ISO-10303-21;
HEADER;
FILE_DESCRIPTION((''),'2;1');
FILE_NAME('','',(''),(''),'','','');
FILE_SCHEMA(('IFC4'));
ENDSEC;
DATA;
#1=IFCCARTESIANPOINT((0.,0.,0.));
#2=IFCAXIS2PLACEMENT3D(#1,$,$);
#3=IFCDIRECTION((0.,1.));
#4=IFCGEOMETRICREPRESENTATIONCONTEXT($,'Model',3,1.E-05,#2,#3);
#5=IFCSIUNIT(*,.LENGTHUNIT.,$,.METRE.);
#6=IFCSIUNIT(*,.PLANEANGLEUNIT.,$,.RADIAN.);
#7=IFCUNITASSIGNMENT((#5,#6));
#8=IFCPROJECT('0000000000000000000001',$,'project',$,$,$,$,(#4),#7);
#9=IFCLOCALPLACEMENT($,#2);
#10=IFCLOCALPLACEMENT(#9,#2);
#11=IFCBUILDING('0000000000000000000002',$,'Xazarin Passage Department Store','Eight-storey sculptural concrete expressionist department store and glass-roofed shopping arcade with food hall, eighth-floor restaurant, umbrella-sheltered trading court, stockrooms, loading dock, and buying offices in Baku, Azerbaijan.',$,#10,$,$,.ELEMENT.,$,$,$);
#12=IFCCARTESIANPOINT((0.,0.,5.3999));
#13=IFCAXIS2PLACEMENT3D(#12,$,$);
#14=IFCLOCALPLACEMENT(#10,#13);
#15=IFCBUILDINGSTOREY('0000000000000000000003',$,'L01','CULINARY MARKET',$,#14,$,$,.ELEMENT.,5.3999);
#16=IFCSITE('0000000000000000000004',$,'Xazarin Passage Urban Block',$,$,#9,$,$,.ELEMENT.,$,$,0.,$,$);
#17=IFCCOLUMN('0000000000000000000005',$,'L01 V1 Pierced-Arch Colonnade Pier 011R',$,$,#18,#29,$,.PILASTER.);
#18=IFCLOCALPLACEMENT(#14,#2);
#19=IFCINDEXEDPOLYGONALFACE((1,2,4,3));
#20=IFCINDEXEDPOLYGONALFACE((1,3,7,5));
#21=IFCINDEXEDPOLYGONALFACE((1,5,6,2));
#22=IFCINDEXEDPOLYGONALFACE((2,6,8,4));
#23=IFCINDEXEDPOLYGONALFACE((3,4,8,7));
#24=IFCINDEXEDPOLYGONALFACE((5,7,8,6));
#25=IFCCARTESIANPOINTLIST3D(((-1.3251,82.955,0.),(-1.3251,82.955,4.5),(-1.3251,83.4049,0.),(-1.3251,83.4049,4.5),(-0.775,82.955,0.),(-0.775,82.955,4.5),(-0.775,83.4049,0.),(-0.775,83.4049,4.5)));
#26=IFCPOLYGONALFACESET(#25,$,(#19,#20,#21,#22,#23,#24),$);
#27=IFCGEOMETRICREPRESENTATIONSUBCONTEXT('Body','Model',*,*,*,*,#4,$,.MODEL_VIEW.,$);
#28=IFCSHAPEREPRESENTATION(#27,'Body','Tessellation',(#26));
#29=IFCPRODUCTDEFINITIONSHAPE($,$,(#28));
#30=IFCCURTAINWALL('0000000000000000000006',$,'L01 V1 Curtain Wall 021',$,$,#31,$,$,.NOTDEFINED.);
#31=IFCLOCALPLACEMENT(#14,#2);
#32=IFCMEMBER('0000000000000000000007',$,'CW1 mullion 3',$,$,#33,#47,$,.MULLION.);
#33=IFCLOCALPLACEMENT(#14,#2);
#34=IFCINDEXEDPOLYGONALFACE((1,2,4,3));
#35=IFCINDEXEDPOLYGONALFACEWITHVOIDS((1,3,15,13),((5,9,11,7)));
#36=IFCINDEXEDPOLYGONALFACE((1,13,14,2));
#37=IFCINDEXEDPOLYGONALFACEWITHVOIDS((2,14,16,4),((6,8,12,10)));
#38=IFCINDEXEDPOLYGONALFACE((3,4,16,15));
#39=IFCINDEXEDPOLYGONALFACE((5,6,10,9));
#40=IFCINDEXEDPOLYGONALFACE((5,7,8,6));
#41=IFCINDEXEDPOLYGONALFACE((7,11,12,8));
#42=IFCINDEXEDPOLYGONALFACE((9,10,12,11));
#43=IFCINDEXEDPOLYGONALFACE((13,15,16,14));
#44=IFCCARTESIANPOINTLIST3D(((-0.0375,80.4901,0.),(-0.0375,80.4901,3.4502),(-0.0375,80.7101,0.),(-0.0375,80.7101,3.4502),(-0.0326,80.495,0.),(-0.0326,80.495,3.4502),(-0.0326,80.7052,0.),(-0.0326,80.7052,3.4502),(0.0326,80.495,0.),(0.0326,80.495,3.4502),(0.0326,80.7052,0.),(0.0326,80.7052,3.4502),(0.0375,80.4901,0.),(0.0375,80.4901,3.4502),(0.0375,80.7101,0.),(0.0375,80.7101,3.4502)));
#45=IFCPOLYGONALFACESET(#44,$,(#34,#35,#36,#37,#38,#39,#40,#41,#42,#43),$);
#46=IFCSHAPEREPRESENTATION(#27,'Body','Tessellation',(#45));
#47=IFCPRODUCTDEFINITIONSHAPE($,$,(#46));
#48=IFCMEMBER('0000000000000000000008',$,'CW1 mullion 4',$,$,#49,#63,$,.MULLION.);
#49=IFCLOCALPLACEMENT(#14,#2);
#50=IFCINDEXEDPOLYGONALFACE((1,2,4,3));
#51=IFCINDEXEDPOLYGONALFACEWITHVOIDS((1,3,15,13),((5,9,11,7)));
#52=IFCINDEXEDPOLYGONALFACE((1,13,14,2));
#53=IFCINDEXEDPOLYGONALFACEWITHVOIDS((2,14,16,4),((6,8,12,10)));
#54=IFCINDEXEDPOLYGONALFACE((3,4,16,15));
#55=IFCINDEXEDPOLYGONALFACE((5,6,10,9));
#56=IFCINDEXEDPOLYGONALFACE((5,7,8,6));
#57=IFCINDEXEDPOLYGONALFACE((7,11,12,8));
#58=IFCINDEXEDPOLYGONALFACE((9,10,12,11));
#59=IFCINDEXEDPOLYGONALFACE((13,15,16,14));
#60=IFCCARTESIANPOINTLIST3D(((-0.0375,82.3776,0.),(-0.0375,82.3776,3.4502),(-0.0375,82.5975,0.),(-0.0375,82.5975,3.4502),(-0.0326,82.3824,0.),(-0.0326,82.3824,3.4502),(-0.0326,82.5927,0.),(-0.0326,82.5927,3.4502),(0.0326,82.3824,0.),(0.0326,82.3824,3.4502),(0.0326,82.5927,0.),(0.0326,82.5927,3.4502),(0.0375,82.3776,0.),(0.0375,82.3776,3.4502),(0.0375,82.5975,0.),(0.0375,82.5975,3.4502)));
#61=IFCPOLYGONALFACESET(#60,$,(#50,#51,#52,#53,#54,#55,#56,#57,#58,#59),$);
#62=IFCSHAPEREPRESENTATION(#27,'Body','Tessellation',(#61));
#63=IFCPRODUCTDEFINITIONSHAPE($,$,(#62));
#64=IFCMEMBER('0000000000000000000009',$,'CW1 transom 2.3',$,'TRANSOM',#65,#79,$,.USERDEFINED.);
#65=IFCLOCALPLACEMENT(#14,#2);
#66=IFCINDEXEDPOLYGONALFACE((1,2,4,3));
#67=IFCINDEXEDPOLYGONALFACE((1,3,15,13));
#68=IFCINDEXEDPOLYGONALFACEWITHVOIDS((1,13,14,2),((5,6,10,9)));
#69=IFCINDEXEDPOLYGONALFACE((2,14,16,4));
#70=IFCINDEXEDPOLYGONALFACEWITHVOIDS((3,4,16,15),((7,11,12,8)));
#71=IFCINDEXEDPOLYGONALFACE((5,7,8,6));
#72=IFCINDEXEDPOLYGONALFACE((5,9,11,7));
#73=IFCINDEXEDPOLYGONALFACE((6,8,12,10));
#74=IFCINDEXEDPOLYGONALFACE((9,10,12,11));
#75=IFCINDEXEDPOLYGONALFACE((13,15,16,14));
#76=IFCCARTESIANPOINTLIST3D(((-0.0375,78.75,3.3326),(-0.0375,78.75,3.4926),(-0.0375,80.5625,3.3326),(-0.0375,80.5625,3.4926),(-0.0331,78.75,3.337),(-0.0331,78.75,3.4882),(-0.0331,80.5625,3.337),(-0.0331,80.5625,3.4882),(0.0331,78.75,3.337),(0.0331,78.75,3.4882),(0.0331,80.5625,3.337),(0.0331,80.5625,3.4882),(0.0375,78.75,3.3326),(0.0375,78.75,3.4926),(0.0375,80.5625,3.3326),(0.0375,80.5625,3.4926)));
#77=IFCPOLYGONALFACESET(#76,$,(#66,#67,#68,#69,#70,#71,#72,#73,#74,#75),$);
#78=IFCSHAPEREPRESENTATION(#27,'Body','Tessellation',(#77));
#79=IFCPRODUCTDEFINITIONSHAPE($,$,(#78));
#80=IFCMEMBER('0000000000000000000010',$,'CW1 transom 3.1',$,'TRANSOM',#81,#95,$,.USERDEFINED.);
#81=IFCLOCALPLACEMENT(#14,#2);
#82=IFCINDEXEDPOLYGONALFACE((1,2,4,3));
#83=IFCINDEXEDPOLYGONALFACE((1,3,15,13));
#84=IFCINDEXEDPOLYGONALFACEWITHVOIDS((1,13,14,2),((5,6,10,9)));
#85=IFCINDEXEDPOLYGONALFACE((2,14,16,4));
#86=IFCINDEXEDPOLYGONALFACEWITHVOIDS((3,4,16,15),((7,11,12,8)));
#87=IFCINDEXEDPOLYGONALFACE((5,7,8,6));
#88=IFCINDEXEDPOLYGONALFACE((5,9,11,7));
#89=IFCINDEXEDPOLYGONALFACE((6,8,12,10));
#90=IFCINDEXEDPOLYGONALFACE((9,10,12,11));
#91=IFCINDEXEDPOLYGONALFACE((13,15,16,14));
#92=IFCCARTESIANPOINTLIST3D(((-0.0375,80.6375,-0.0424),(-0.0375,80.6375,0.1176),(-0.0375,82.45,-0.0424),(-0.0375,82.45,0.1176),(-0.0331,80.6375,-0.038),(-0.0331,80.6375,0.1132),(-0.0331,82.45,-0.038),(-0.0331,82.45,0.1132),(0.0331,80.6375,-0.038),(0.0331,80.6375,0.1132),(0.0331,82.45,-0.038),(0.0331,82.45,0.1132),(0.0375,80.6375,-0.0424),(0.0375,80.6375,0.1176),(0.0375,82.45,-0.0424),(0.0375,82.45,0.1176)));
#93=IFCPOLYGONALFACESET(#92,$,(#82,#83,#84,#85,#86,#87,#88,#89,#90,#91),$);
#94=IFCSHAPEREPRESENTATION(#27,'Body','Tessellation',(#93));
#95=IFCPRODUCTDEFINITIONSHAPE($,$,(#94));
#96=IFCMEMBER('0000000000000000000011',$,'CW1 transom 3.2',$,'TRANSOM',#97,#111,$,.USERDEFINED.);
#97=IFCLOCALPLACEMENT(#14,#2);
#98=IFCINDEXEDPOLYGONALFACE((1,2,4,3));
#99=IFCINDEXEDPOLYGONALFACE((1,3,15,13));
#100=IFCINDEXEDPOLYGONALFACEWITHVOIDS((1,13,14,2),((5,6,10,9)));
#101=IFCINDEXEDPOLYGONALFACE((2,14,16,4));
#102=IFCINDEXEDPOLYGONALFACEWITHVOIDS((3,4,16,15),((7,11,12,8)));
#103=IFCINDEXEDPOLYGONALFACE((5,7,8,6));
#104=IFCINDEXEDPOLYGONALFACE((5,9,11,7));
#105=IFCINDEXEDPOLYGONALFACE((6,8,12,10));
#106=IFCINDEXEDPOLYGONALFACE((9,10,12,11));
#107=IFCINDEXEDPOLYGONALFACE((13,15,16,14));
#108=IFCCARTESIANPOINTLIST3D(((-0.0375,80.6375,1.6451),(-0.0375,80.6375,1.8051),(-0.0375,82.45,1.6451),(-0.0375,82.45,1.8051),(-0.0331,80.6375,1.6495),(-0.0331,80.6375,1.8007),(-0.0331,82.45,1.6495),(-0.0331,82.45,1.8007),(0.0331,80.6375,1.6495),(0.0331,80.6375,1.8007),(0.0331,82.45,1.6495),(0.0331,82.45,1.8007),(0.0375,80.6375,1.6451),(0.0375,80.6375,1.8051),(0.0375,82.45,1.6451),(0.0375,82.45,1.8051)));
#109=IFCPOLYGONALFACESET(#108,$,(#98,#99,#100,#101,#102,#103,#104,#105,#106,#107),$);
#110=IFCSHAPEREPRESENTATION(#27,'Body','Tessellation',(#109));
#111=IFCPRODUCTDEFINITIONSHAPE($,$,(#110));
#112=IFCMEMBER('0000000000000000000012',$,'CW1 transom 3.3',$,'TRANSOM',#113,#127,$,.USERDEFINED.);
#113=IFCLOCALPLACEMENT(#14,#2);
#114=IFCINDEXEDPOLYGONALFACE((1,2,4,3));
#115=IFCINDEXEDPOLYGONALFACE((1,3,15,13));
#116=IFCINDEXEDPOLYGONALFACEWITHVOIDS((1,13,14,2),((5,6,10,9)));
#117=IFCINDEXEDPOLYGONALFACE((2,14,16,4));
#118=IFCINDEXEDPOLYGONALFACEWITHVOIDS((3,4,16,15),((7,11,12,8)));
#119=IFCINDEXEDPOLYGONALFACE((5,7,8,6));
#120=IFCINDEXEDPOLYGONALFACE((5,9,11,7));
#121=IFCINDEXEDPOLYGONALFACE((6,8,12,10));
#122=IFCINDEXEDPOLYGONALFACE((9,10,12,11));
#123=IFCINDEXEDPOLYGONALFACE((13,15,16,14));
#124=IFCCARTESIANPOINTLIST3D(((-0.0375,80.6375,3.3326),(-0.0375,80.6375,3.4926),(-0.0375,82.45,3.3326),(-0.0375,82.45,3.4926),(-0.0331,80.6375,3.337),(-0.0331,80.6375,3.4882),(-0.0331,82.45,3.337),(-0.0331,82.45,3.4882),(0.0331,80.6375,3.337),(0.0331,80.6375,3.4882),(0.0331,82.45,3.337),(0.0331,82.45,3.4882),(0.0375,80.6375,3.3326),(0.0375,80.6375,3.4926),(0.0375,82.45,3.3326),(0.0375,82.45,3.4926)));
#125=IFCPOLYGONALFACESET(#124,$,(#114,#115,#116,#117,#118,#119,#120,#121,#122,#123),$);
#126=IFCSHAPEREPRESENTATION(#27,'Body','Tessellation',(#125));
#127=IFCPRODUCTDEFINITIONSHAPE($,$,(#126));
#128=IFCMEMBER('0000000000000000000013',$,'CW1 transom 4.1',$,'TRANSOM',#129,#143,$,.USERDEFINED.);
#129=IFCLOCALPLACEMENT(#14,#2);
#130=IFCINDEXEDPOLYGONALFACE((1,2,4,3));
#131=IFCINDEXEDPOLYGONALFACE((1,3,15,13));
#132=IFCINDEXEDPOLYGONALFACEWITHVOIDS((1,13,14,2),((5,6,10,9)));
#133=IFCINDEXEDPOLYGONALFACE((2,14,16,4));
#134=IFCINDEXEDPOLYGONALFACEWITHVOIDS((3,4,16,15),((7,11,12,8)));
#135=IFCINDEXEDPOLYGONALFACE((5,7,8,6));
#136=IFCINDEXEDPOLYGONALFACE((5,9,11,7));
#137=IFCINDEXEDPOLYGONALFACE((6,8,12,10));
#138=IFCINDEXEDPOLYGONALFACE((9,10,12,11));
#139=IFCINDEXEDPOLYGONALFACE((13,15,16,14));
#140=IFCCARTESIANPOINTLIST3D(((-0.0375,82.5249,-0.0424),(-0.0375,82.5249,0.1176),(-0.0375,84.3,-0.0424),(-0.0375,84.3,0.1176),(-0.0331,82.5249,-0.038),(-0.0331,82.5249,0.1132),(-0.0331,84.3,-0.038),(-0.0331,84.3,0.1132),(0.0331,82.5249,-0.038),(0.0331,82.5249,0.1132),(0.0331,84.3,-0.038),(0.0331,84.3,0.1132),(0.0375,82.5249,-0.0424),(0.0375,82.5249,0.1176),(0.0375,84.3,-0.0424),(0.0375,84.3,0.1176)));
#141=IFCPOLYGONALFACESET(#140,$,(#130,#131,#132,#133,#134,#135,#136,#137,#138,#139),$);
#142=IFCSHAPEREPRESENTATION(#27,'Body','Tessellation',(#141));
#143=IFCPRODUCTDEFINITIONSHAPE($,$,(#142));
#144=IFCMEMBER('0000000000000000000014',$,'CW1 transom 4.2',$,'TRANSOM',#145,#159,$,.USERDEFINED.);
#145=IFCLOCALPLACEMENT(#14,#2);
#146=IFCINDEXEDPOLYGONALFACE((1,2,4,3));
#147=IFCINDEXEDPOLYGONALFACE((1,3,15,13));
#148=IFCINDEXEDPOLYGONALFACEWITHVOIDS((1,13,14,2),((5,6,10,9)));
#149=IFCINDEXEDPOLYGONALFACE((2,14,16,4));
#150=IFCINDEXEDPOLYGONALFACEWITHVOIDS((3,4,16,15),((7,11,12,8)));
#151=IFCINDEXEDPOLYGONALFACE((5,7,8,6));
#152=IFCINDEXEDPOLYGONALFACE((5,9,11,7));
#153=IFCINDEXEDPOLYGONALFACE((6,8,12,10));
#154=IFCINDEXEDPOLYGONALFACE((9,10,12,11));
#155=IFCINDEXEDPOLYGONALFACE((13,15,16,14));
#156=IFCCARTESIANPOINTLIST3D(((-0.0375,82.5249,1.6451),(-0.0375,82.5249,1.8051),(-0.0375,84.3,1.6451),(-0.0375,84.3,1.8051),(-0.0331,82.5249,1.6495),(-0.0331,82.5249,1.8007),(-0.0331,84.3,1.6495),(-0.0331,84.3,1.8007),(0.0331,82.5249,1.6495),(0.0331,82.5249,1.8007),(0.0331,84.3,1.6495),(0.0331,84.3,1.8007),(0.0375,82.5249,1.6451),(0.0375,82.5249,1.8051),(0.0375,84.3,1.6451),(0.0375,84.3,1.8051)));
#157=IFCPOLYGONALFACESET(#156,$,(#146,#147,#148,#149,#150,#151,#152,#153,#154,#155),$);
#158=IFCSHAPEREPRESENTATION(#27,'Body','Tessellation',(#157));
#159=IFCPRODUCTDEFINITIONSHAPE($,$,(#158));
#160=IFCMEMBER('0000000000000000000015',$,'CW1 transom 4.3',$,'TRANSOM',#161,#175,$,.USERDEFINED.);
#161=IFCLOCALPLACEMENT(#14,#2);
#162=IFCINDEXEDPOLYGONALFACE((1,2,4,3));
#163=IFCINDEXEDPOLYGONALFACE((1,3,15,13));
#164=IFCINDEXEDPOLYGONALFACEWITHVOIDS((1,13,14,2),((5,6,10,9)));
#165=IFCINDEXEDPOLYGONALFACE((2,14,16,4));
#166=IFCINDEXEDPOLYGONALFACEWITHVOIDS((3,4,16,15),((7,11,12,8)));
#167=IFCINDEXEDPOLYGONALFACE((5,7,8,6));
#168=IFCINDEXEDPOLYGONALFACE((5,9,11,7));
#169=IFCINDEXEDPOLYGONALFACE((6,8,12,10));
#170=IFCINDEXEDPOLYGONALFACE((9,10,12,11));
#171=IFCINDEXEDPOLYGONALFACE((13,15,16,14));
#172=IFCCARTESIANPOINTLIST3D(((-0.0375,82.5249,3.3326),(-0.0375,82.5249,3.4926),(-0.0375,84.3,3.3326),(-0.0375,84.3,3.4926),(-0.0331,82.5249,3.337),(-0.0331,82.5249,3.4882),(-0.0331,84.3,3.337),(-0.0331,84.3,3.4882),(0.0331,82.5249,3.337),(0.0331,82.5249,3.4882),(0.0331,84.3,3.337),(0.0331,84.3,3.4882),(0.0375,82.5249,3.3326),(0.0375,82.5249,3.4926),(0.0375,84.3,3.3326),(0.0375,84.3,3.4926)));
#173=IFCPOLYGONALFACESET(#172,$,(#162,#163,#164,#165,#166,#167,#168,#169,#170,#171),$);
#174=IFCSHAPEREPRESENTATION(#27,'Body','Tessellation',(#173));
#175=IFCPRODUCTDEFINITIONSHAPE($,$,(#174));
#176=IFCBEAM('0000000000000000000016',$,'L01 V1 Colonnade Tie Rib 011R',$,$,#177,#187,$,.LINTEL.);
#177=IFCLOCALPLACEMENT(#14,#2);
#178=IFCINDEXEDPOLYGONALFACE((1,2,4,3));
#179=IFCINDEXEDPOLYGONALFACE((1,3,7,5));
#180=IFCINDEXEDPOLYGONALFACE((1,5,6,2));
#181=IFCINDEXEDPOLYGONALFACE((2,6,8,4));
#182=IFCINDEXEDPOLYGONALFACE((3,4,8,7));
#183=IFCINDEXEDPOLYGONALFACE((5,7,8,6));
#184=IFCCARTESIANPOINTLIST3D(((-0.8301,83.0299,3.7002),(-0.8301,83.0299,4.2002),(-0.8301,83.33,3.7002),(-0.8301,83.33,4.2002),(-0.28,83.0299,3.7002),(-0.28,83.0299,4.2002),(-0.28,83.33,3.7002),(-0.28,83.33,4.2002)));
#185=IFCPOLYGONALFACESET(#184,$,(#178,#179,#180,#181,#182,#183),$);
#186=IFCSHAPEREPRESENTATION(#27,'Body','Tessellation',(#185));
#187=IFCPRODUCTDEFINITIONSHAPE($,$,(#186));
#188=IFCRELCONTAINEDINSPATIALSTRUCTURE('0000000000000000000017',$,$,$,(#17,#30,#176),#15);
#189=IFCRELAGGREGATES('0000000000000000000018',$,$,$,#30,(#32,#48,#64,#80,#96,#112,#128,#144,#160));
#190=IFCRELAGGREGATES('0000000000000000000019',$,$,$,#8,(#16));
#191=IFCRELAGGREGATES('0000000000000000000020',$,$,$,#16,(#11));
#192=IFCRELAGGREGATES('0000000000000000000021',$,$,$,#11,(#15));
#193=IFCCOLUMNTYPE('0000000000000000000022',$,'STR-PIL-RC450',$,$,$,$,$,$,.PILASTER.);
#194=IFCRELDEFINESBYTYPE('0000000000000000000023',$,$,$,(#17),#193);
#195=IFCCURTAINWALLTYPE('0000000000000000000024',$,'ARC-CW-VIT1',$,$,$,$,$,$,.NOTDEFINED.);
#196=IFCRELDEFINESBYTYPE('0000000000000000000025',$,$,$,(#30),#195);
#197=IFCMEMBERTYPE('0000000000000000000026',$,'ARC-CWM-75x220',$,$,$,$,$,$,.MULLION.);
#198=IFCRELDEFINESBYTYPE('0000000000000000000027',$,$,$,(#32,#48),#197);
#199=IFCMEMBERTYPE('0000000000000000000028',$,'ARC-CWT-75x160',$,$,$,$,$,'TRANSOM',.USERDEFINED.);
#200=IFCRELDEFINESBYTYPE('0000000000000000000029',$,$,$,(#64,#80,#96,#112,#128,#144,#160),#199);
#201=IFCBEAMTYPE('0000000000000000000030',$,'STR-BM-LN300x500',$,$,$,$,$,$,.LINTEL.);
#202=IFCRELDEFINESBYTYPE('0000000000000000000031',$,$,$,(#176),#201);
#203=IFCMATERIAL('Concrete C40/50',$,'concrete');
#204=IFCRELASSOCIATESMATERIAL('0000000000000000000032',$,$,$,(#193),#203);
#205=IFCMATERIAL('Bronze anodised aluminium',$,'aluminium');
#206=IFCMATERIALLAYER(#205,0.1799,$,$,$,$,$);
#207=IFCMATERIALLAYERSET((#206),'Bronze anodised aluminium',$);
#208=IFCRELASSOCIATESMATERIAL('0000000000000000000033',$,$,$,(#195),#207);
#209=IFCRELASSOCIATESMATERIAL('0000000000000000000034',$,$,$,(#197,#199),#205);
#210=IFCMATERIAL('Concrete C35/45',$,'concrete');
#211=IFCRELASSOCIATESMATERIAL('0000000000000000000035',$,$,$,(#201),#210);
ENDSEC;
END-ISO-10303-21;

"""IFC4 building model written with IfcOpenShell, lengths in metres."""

from ifc_helpers import new_model, si_unit, direction, frame, origin, origin_2d, place, context, subcontext, project, spatial, rectangle, hollow_rectangle, extrude, material, layer, layer_set, material_profile, profile_set, type_object, element, aggregate, save


model = new_model("IFC4")

# Units and contexts
model_context = context("Model", 3, precision=1e-05, world=origin(), true_north=direction((0.0, 1.0)))
body_context = subcontext(model_context, "Body", "Model", "MODEL_VIEW")
ifc_project = project(units=[si_unit("LENGTHUNIT", "METRE"), si_unit("PLANEANGLEUNIT", "RADIAN")], contexts=[model_context])

# Site, building, storey
site_placement = place(None, origin())
site = spatial("IfcSite", under=ifc_project, at=site_placement, Name="Xazarin Passage Urban Block", CompositionType="ELEMENT", RefElevation=0.0)
building_placement = place(site_placement, origin())
building = spatial("IfcBuilding", under=site, at=building_placement, Name="Xazarin Passage Department Store", Description="Eight-storey sculptural concrete expressionist department store and glass-roofed shopping arcade with food hall, eighth-floor restaurant, umbrella-sheltered trading court, stockrooms, loading dock, and buying offices in Baku, Azerbaijan.", CompositionType="ELEMENT")
storey_placement = place(building_placement, frame((0.0, 0.0, 5.3999)))
storey = spatial("IfcBuildingStorey", under=building, at=storey_placement, Name="L01", Description="CULINARY MARKET", CompositionType="ELEMENT", Elevation=5.3999)

# Column
ifc_material_1 = material(Name="Concrete C40/50", Category="concrete")
ifc_material_profile_1 = material_profile(ifc_material_1, rectangle(XDim=0.45, YDim=0.55, at=origin_2d()), Name="RC 450x550")
ifc_profile_set_1 = profile_set([ifc_material_profile_1], Name="Concrete C40/50")
column_type = type_object("IfcColumnType", Name="STR-PIL-RC450", PredefinedType="PILASTER", material=ifc_profile_set_1)
column_placement = place(storey_placement, frame((-1.05, 83.1799, 0.0), z_axis=(0.0, 0.0, 1.0), x_axis=(0.0, 1.0, 0.0)))
element("IfcColumn", 1, at=column_placement, inside=storey, type_object=column_type, Name="L01 V1 Pierced-Arch Colonnade Pier 011R", PredefinedType="PILASTER", context=body_context, shape_type="SweptSolid", body=[
    extrude(rectangle(XDim=0.45, YDim=0.55, at=origin_2d()), origin(), (0.0, 0.0, 1.0), 4.5),
])

# Curtain wall, members
ifc_material_2 = material(Name="Bronze anodised aluminium", Category="aluminium")
ifc_layer_1 = layer(ifc_material_2, 0.1799)
ifc_layer_set_1 = layer_set([ifc_layer_1], Name="Bronze anodised aluminium")
curtain_wall_type = type_object("IfcCurtainWallType", Name="ARC-CW-VIT1", PredefinedType="NOTDEFINED", material=ifc_layer_set_1)
curtain_wall_placement = place(storey_placement, origin())
curtain_wall = element("IfcCurtainWall", 2, at=curtain_wall_placement, inside=storey, type_object=curtain_wall_type, Name="L01 V1 Curtain Wall 021", PredefinedType="NOTDEFINED")
ifc_material_profile_2 = material_profile(ifc_material_2, hollow_rectangle(XDim=0.075, YDim=0.22, WallThickness=0.0049, at=origin_2d()), Name="ALU 75x220")
ifc_profile_set_2 = profile_set([ifc_material_profile_2], Name="Bronze anodised aluminium")
member_type_1 = type_object("IfcMemberType", Name="ARC-CWM-75x220", PredefinedType="MULLION", material=ifc_profile_set_2)
member_1_placement = place(storey_placement, frame((0.0, 80.6001, 0.0), z_axis=(0.0, 0.0, 1.0), x_axis=(-1.0, 0.0, 0.0)))
member_1 = element("IfcMember", 3, at=member_1_placement, type_object=member_type_1, Name="CW1 mullion 3", PredefinedType="MULLION", context=body_context, shape_type="SweptSolid", body=[
    extrude(hollow_rectangle(XDim=0.075, YDim=0.22, WallThickness=0.0049, at=origin_2d()), origin(), (0.0, 0.0, 1.0), 3.4502),
])
member_2_placement = place(storey_placement, frame((0.0, 82.4875, 0.0), z_axis=(0.0, 0.0, 1.0), x_axis=(-1.0, 0.0, 0.0)))
member_2 = element("IfcMember", 4, at=member_2_placement, type_object=member_type_1, Name="CW1 mullion 4", PredefinedType="MULLION", context=body_context, shape_type="SweptSolid", body=[
    extrude(hollow_rectangle(XDim=0.075, YDim=0.22, WallThickness=0.0049, at=origin_2d()), origin(), (0.0, 0.0, 1.0), 3.4502),
])
ifc_material_profile_3 = material_profile(ifc_material_2, hollow_rectangle(XDim=0.075, YDim=0.1599, WallThickness=0.0044, at=origin_2d()), Name="ALU 75x160")
ifc_profile_set_3 = profile_set([ifc_material_profile_3], Name="Bronze anodised aluminium")
member_type_2 = type_object("IfcMemberType", Name="ARC-CWT-75x160", ElementType="TRANSOM", PredefinedType="USERDEFINED", material=ifc_profile_set_3)
member_3_placement = place(storey_placement, frame((0.0, 78.75, 3.4126), z_axis=(0.0, 1.0, 0.0), x_axis=(-1.0, 0.0, 0.0)))
member_3 = element("IfcMember", 5, at=member_3_placement, type_object=member_type_2, Name="CW1 transom 2.3", ObjectType="TRANSOM", PredefinedType="USERDEFINED", context=body_context, shape_type="SweptSolid", body=[
    extrude(hollow_rectangle(XDim=0.075, YDim=0.1599, WallThickness=0.0044, at=origin_2d()), origin(), (0.0, 0.0, 1.0), 1.8125),
])
member_4_placement = place(storey_placement, frame((0.0, 80.6375, 0.0376), z_axis=(0.0, 1.0, 0.0), x_axis=(-1.0, 0.0, 0.0)))
member_4 = element("IfcMember", 6, at=member_4_placement, type_object=member_type_2, Name="CW1 transom 3.1", ObjectType="TRANSOM", PredefinedType="USERDEFINED", context=body_context, shape_type="SweptSolid", body=[
    extrude(hollow_rectangle(XDim=0.075, YDim=0.1599, WallThickness=0.0044, at=origin_2d()), origin(), (0.0, 0.0, 1.0), 1.8125),
])
member_5_placement = place(storey_placement, frame((0.0, 80.6375, 1.7251), z_axis=(0.0, 1.0, 0.0), x_axis=(-1.0, 0.0, 0.0)))
member_5 = element("IfcMember", 7, at=member_5_placement, type_object=member_type_2, Name="CW1 transom 3.2", ObjectType="TRANSOM", PredefinedType="USERDEFINED", context=body_context, shape_type="SweptSolid", body=[
    extrude(hollow_rectangle(XDim=0.075, YDim=0.1599, WallThickness=0.0044, at=origin_2d()), origin(), (0.0, 0.0, 1.0), 1.8125),
])
member_6_placement = place(storey_placement, frame((0.0, 80.6375, 3.4126), z_axis=(0.0, 1.0, 0.0), x_axis=(-1.0, 0.0, 0.0)))
member_6 = element("IfcMember", 8, at=member_6_placement, type_object=member_type_2, Name="CW1 transom 3.3", ObjectType="TRANSOM", PredefinedType="USERDEFINED", context=body_context, shape_type="SweptSolid", body=[
    extrude(hollow_rectangle(XDim=0.075, YDim=0.1599, WallThickness=0.0044, at=origin_2d()), origin(), (0.0, 0.0, 1.0), 1.8125),
])
member_7_placement = place(storey_placement, frame((0.0, 82.5249, 0.0376), z_axis=(0.0, 1.0, 0.0), x_axis=(-1.0, 0.0, 0.0)))
member_7 = element("IfcMember", 9, at=member_7_placement, type_object=member_type_2, Name="CW1 transom 4.1", ObjectType="TRANSOM", PredefinedType="USERDEFINED", context=body_context, shape_type="SweptSolid", body=[
    extrude(hollow_rectangle(XDim=0.075, YDim=0.1599, WallThickness=0.0044, at=origin_2d()), origin(), (0.0, 0.0, 1.0), 1.7751),
])
member_8_placement = place(storey_placement, frame((0.0, 82.5249, 1.7251), z_axis=(0.0, 1.0, 0.0), x_axis=(-1.0, 0.0, 0.0)))
member_8 = element("IfcMember", 10, at=member_8_placement, type_object=member_type_2, Name="CW1 transom 4.2", ObjectType="TRANSOM", PredefinedType="USERDEFINED", context=body_context, shape_type="SweptSolid", body=[
    extrude(hollow_rectangle(XDim=0.075, YDim=0.1599, WallThickness=0.0044, at=origin_2d()), origin(), (0.0, 0.0, 1.0), 1.7751),
])
member_9_placement = place(storey_placement, frame((0.0, 82.5249, 3.4126), z_axis=(0.0, 1.0, 0.0), x_axis=(-1.0, 0.0, 0.0)))
member_9 = element("IfcMember", 11, at=member_9_placement, type_object=member_type_2, Name="CW1 transom 4.3", ObjectType="TRANSOM", PredefinedType="USERDEFINED", context=body_context, shape_type="SweptSolid", body=[
    extrude(hollow_rectangle(XDim=0.075, YDim=0.1599, WallThickness=0.0044, at=origin_2d()), origin(), (0.0, 0.0, 1.0), 1.7751),
])

# Beam
ifc_material_3 = material(Name="Concrete C35/45", Category="concrete")
ifc_material_profile_4 = material_profile(ifc_material_3, rectangle(XDim=0.3, YDim=0.5, at=origin_2d()), Name="RC 300x500")
ifc_profile_set_4 = profile_set([ifc_material_profile_4], Name="Concrete C35/45")
beam_type = type_object("IfcBeamType", Name="STR-BM-LN300x500", PredefinedType="LINTEL", material=ifc_profile_set_4)
beam_placement = place(storey_placement, frame((-0.28, 83.1799, 3.9502), z_axis=(-1.0, 0.0, 0.0), x_axis=(0.0, -1.0, 0.0)))
element("IfcBeam", 12, at=beam_placement, inside=storey, type_object=beam_type, Name="L01 V1 Colonnade Tie Rib 011R", PredefinedType="LINTEL", context=body_context, shape_type="SweptSolid", body=[
    extrude(rectangle(XDim=0.3, YDim=0.5, at=origin_2d()), origin(), (0.0, 0.0, 1.0), 0.55),
])

aggregate(curtain_wall, [member_1, member_2, member_3, member_4, member_5, member_6, member_7, member_8, member_9])

save(model, "model.ifc")
